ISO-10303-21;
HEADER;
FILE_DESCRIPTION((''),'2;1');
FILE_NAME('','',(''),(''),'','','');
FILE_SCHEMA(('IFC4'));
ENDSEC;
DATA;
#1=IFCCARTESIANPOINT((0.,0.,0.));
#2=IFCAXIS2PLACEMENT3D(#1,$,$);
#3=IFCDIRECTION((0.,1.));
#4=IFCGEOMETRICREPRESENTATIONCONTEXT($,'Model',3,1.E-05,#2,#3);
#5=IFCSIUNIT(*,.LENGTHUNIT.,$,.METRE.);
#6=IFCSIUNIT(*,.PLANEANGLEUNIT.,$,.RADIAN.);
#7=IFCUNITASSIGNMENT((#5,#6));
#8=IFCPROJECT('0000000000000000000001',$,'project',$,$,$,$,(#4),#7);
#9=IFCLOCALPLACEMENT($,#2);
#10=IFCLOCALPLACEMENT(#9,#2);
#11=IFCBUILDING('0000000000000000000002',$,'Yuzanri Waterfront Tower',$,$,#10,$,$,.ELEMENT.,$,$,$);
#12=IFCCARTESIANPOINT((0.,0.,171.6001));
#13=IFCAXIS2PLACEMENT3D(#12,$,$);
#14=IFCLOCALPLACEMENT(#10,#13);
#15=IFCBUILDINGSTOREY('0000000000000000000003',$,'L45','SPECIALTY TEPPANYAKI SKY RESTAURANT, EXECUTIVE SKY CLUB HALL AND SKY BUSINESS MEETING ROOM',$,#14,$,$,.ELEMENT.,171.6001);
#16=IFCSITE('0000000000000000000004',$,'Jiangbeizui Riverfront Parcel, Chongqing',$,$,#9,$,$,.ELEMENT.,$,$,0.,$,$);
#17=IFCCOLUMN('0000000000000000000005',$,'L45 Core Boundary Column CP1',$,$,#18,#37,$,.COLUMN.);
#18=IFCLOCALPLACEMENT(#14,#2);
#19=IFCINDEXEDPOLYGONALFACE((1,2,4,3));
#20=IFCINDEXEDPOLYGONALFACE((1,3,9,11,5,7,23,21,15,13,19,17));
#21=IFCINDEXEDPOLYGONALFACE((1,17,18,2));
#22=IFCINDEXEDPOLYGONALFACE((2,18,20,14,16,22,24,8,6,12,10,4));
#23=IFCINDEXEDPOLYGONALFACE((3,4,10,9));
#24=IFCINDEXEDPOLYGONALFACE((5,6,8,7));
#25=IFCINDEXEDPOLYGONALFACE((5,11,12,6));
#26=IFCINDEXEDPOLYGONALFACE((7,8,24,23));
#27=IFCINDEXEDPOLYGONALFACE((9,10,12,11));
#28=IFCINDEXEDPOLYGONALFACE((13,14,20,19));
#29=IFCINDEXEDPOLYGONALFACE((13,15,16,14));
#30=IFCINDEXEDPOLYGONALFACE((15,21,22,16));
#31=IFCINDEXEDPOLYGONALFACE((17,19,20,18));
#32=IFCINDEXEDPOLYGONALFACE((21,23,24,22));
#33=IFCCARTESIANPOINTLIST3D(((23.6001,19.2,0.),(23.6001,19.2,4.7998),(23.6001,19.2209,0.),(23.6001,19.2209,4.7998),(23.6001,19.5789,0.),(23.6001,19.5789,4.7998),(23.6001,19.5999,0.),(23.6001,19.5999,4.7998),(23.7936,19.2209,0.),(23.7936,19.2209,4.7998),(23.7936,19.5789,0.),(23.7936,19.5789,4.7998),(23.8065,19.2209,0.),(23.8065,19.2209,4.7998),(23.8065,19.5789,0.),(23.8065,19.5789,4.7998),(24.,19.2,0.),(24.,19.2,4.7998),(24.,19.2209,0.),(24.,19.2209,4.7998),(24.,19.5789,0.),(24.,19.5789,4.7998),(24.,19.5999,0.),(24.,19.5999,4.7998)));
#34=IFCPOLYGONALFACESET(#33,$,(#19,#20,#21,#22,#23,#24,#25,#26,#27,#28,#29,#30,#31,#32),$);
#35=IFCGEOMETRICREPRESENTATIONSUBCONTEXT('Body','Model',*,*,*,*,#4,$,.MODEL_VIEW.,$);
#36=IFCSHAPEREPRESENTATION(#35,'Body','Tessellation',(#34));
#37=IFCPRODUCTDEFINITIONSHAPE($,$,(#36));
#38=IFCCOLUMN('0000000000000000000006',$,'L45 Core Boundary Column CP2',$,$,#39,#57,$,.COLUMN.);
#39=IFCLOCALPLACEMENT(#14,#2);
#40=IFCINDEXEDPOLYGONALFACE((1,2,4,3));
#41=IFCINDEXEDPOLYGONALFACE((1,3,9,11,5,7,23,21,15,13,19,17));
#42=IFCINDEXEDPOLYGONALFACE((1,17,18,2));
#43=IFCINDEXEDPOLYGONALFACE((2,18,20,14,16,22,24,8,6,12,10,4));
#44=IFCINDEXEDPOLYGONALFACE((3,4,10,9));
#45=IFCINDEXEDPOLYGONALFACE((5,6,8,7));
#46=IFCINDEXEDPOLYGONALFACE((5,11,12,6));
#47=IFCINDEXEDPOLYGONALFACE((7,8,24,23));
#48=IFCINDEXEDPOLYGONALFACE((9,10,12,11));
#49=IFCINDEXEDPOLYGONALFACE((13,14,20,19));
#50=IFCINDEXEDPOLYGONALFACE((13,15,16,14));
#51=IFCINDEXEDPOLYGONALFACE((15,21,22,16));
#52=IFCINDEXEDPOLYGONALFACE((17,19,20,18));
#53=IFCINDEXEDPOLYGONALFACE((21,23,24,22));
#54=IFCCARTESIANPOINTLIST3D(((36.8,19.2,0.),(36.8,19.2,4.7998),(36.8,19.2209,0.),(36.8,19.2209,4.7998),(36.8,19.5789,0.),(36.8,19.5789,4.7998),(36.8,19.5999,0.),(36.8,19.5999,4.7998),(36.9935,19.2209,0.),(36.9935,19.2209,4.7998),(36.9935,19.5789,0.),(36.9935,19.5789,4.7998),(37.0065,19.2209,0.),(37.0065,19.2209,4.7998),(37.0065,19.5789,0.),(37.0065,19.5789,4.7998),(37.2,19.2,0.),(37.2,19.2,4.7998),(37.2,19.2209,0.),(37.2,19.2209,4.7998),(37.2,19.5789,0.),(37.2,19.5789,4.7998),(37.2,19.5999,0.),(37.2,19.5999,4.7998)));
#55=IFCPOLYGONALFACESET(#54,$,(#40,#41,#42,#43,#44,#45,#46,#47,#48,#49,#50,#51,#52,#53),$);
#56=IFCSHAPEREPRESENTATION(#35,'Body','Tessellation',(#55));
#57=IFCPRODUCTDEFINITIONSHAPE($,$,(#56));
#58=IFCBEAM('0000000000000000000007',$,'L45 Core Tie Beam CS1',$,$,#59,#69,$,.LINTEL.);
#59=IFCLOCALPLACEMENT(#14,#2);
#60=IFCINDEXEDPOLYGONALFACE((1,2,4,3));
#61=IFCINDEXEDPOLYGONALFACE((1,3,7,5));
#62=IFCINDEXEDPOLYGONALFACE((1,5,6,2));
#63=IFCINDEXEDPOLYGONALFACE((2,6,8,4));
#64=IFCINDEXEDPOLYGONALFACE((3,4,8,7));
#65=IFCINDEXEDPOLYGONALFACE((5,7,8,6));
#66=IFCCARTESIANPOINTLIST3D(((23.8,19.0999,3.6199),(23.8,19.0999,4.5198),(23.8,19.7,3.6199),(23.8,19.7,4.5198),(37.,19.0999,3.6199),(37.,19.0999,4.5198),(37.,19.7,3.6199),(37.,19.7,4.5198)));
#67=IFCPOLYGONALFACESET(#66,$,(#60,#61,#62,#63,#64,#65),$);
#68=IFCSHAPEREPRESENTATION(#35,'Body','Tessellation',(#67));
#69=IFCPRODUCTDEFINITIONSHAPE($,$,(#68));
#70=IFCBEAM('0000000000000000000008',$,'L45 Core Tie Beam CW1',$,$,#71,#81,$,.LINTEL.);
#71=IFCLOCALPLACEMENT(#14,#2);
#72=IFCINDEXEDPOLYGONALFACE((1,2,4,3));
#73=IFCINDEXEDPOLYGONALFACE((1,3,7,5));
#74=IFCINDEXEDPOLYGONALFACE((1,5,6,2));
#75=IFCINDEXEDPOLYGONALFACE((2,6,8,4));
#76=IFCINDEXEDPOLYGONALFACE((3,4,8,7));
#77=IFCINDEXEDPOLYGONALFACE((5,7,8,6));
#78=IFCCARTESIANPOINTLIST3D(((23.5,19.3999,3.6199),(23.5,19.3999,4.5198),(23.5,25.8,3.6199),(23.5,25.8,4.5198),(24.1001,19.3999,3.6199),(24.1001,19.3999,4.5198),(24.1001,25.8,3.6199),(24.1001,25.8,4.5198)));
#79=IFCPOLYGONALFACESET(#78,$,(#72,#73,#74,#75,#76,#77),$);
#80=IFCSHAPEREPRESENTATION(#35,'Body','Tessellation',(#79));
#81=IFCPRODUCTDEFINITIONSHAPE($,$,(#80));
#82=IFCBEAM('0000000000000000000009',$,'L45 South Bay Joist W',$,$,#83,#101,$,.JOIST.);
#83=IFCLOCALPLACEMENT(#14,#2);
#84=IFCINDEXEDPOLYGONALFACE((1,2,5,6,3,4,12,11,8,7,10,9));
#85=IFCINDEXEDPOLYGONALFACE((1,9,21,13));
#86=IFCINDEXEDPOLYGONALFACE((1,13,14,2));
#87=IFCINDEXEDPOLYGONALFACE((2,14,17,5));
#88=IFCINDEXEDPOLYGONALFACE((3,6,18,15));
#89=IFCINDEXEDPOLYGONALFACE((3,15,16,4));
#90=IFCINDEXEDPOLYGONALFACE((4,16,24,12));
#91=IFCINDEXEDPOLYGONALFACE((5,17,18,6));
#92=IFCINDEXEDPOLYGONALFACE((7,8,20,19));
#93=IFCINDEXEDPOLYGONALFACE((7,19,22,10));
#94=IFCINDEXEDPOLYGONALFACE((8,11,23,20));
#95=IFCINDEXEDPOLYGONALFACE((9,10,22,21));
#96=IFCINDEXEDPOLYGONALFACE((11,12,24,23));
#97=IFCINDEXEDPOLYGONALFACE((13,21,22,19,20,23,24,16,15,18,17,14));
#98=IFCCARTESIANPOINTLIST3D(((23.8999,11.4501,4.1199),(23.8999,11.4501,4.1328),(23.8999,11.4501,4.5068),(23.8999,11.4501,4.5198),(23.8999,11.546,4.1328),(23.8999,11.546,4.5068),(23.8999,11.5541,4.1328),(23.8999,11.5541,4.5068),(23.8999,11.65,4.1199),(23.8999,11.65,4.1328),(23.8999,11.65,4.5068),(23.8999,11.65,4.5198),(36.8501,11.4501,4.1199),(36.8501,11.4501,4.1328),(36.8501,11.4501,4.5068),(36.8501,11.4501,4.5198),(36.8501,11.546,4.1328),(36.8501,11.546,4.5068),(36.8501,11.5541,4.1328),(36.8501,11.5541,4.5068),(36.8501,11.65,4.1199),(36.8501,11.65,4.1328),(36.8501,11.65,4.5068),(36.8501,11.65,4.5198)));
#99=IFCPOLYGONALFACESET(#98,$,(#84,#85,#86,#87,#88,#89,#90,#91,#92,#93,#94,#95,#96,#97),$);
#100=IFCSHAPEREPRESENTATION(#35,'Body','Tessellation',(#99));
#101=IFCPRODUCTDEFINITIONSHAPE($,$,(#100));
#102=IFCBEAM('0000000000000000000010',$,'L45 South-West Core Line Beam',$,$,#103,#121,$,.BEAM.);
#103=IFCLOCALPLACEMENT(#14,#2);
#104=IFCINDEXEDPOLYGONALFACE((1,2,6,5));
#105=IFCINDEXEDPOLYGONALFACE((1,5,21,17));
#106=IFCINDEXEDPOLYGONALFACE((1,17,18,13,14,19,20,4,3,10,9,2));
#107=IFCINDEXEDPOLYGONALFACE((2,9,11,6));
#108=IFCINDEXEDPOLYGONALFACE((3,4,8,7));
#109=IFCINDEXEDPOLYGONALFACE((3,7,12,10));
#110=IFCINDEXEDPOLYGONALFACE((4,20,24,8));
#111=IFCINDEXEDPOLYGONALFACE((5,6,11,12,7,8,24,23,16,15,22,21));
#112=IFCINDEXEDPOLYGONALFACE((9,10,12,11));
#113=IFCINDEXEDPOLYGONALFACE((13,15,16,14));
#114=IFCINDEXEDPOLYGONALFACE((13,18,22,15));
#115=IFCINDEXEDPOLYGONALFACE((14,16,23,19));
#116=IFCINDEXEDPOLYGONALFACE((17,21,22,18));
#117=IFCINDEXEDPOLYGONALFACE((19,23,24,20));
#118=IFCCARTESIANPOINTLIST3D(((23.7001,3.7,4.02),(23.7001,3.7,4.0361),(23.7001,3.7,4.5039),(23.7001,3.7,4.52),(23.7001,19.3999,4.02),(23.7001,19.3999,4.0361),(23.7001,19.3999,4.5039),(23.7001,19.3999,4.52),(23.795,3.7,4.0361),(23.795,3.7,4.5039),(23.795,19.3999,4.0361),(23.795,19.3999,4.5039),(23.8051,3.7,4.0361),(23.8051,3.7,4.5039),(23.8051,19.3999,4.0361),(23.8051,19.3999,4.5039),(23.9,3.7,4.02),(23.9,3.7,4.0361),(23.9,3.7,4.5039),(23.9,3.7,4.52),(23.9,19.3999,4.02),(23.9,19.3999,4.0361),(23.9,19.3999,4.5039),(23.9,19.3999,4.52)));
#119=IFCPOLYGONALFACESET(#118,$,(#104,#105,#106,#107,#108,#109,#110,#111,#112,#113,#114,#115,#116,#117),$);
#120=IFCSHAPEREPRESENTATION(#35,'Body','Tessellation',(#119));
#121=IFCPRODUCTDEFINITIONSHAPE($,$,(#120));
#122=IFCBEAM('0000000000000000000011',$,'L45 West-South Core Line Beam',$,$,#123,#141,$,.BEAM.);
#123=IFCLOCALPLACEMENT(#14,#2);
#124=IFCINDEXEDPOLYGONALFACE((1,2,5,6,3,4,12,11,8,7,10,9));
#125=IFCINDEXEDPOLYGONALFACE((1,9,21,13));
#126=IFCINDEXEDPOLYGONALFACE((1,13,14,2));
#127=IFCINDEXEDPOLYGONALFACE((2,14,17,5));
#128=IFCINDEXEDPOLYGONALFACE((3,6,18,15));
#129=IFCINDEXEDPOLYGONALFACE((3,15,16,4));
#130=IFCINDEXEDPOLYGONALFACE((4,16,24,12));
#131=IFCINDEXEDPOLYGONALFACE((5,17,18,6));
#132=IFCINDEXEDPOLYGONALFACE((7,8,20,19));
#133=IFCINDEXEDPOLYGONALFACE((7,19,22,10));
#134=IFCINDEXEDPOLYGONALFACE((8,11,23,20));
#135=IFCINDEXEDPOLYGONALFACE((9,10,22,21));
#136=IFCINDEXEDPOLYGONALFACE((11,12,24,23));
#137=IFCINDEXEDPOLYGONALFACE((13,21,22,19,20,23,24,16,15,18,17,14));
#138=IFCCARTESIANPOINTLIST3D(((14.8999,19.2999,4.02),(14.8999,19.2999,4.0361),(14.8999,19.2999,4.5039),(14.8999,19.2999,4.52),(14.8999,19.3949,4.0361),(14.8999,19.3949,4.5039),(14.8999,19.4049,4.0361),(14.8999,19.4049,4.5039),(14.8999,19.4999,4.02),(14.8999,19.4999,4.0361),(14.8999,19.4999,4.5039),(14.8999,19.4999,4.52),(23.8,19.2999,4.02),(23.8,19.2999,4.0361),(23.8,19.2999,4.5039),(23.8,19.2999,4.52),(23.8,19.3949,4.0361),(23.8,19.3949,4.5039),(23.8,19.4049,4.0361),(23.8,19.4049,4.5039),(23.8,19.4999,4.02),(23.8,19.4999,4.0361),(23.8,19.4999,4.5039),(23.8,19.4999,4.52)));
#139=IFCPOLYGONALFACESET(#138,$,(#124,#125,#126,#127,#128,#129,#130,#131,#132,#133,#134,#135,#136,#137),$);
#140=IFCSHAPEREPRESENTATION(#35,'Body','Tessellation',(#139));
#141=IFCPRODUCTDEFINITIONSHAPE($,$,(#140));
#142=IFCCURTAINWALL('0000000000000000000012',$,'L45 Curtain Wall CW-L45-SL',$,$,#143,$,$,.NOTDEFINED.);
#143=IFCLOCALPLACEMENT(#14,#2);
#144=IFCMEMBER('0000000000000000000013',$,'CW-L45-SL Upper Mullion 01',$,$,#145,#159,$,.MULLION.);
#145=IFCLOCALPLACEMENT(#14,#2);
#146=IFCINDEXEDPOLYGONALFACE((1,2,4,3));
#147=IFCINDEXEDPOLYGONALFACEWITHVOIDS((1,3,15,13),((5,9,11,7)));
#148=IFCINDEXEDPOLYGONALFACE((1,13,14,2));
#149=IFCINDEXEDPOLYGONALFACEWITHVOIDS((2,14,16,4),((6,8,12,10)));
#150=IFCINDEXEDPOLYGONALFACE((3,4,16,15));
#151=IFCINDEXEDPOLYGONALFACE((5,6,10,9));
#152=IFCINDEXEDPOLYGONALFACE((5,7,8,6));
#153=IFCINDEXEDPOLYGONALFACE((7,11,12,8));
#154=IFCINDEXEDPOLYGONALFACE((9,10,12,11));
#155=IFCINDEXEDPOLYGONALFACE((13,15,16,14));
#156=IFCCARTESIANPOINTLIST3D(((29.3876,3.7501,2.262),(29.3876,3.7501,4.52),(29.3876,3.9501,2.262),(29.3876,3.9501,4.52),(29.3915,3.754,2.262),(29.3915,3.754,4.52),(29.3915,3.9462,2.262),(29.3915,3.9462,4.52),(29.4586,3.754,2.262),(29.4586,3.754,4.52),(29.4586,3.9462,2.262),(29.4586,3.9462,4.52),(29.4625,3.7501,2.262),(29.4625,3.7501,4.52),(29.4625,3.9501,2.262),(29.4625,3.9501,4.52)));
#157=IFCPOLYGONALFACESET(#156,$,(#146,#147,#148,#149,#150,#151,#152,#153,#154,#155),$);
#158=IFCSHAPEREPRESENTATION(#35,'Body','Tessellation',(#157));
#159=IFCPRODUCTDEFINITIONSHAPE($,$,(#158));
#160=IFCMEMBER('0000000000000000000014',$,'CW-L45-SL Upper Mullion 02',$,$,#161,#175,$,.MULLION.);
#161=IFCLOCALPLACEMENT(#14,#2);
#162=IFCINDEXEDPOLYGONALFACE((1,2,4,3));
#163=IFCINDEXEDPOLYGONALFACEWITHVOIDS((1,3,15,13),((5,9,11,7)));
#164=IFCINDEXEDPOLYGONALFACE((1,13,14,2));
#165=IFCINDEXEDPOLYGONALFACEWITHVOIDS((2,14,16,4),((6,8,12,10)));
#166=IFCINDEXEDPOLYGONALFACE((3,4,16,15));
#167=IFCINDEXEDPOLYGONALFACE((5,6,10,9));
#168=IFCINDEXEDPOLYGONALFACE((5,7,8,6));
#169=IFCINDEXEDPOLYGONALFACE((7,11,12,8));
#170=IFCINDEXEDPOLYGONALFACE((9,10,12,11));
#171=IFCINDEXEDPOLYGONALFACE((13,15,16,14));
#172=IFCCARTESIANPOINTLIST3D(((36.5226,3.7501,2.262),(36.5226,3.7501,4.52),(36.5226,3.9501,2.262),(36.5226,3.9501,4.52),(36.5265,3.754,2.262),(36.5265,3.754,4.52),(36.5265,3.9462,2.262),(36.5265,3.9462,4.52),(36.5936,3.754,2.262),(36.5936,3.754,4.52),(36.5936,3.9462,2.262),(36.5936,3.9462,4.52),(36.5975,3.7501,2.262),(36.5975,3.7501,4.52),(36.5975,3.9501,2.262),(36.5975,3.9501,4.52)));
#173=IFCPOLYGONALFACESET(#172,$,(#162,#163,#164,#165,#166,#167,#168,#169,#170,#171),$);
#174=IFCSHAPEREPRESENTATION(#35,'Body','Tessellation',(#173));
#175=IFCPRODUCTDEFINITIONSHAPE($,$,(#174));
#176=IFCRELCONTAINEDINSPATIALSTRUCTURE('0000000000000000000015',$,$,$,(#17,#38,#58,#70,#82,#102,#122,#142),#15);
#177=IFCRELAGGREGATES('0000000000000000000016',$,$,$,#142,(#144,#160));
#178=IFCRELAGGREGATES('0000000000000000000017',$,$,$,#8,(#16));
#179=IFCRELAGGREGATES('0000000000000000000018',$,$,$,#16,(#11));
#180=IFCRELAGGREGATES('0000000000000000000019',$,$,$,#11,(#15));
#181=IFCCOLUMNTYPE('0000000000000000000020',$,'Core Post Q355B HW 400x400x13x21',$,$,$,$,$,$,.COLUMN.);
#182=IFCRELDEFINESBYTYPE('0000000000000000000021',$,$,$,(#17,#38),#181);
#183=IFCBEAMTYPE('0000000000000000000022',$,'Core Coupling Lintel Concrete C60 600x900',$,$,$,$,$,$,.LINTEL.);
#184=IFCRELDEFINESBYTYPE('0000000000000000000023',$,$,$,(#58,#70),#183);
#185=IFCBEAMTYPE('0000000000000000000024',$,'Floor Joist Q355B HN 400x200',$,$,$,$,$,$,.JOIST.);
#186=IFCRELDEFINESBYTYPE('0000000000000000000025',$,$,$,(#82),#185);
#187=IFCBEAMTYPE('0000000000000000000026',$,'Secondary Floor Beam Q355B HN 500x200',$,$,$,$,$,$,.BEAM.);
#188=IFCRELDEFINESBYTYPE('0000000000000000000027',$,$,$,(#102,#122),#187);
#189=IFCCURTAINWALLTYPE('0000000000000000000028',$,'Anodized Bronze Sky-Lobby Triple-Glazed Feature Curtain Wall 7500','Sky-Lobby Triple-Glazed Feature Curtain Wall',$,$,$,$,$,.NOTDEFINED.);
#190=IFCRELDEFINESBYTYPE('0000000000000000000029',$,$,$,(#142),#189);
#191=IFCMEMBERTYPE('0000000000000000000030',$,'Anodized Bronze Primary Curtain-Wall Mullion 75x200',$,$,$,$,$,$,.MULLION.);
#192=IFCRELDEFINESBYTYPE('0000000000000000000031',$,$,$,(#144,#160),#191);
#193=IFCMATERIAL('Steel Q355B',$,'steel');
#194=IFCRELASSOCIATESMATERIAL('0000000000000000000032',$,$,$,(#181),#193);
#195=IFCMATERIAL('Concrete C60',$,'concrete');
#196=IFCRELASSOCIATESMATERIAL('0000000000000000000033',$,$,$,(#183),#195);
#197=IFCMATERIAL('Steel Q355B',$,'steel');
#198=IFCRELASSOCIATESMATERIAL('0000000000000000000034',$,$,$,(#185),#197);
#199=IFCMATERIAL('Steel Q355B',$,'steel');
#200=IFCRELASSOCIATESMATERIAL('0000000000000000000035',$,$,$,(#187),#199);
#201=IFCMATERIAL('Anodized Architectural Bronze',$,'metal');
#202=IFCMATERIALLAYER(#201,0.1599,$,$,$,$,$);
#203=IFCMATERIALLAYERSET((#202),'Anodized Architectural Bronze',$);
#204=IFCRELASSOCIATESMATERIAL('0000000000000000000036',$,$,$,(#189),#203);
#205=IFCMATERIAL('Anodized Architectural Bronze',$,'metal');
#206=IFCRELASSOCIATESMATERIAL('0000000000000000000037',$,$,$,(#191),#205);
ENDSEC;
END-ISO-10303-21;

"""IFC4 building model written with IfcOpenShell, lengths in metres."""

from ifc_helpers import new_model, si_unit, direction, frame, origin, origin_2d, place, context, subcontext, project, spatial, rectangle, hollow_rectangle, i_section, extrude, source, transform, mapped, material, layer, layer_set, material_profile, profile_set, type_object, element, aggregate, save


model = new_model("IFC4")

# Units and contexts
model_context = context("Model", 3, precision=1e-05, world=origin(), true_north=direction((0.0, 1.0)))
body_context = subcontext(model_context, "Body", "Model", "MODEL_VIEW")
ifc_project = project(units=[si_unit("LENGTHUNIT", "METRE"), si_unit("PLANEANGLEUNIT", "RADIAN")], contexts=[model_context])

# Site, building, storey
site_placement = place(None, origin())
site = spatial("IfcSite", under=ifc_project, at=site_placement, Name="Jiangbeizui Riverfront Parcel, Chongqing", CompositionType="ELEMENT", RefElevation=0.0)
building_placement = place(site_placement, origin())
building = spatial("IfcBuilding", under=site, at=building_placement, Name="Yuzanri Waterfront Tower", CompositionType="ELEMENT")
storey_placement = place(building_placement, frame((0.0, 0.0, 171.6001)))
storey = spatial("IfcBuildingStorey", under=building, at=storey_placement, Name="L45", Description="SPECIALTY TEPPANYAKI SKY RESTAURANT, EXECUTIVE SKY CLUB HALL AND SKY BUSINESS MEETING ROOM", CompositionType="ELEMENT", Elevation=171.6001)

# Columns
ifc_material_1 = material(Name="Steel Q355B", Category="steel")
ifc_material_profile_1 = material_profile(ifc_material_1, i_section(OverallWidth=0.3999, OverallDepth=0.3999, WebThickness=0.0129, FlangeThickness=0.021, at=origin_2d()), Name="HW 400x400x13x21")
ifc_profile_set_1 = profile_set([ifc_material_profile_1], Name="Steel Q355B")
column_type = type_object("IfcColumnType", Name="Core Post Q355B HW 400x400x13x21", PredefinedType="COLUMN", material=ifc_profile_set_1)
shared_shape_1 = source(origin(), body_context, "Body", "SweptSolid", [
    extrude(i_section(OverallWidth=0.3999, OverallDepth=0.3999, WebThickness=0.0129, FlangeThickness=0.021, at=origin_2d()), origin(), (0.0, 0.0, 1.0), 4.7998),
])
for number, where, z_axis, x_axis, name in (
    (1, (23.8, 19.3999, 0.0), (0.0, 0.0, 1.0), (1.0, 0.0, 0.0), "L45 Core Boundary Column CP1"),
    (2, (37.0, 19.3999, 0.0), (0.0, 0.0, 1.0), (1.0, 0.0, 0.0), "L45 Core Boundary Column CP2"),
):
    element("IfcColumn", number, at=place(storey_placement, frame(where, z_axis=z_axis, x_axis=x_axis)), inside=storey, type_object=column_type, Name=name, PredefinedType="COLUMN", context=body_context, shape_type="MappedRepresentation", body=[
        mapped(shared_shape_1, transform((0.0, 0.0, 0.0), scale=1.0)),
    ])

# Beams
ifc_material_2 = material(Name="Concrete C60", Category="concrete")
ifc_material_profile_2 = material_profile(ifc_material_2, rectangle(XDim=0.6001, YDim=0.8999, at=origin_2d()), Name="RC 600x900")
ifc_profile_set_2 = profile_set([ifc_material_profile_2], Name="Concrete C60")
beam_type_1 = type_object("IfcBeamType", Name="Core Coupling Lintel Concrete C60 600x900", PredefinedType="LINTEL", material=ifc_profile_set_2)
shared_shape_2 = source(origin(), body_context, "Body", "SweptSolid", [
    extrude(rectangle(XDim=0.6001, YDim=0.8999, at=origin_2d()), origin(), (0.0, 0.0, 1.0), 13.2),
])
beam_1_placement = place(storey_placement, frame((23.8, 19.3999, 4.0698), z_axis=(1.0, 0.0, 0.0), x_axis=(0.0, 1.0, 0.0)))
element("IfcBeam", 3, at=beam_1_placement, inside=storey, type_object=beam_type_1, Name="L45 Core Tie Beam CS1", PredefinedType="LINTEL", context=body_context, shape_type="MappedRepresentation", body=[
    mapped(shared_shape_2, transform((0.0, 0.0, 0.0), scale=1.0)),
])
shared_shape_3 = source(origin(), body_context, "Body", "SweptSolid", [
    extrude(rectangle(XDim=0.6001, YDim=0.8999, at=origin_2d()), origin(), (0.0, 0.0, 1.0), 6.4001),
])
beam_2_placement = place(storey_placement, frame((23.8, 19.3999, 4.0698), z_axis=(0.0, 1.0, 0.0), x_axis=(-1.0, 0.0, 0.0)))
element("IfcBeam", 4, at=beam_2_placement, inside=storey, type_object=beam_type_1, Name="L45 Core Tie Beam CW1", PredefinedType="LINTEL", context=body_context, shape_type="MappedRepresentation", body=[
    mapped(shared_shape_3, transform((0.0, 0.0, 0.0), scale=1.0)),
])
ifc_material_3 = material(Name="Steel Q355B", Category="steel")
ifc_material_profile_3 = material_profile(ifc_material_3, i_section(OverallWidth=0.2, OverallDepth=0.3999, WebThickness=0.0081, FlangeThickness=0.0129, at=origin_2d()), Name="HN 400x200x8x13")
ifc_profile_set_3 = profile_set([ifc_material_profile_3], Name="Steel Q355B")
beam_type_2 = type_object("IfcBeamType", Name="Floor Joist Q355B HN 400x200", PredefinedType="JOIST", material=ifc_profile_set_3)
shared_shape_4 = source(origin(), body_context, "Body", "SweptSolid", [
    extrude(i_section(OverallWidth=0.2, OverallDepth=0.3999, WebThickness=0.0081, FlangeThickness=0.0129, at=origin_2d()), origin(), (0.0, 0.0, 1.0), 12.9502),
])
beam_3_placement = place(storey_placement, frame((23.8999, 11.55, 4.3198), z_axis=(1.0, 0.0, 0.0), x_axis=(0.0, 1.0, 0.0)))
element("IfcBeam", 5, at=beam_3_placement, inside=storey, type_object=beam_type_2, Name="L45 South Bay Joist W", PredefinedType="JOIST", context=body_context, shape_type="MappedRepresentation", body=[
    mapped(shared_shape_4, transform((0.0, 0.0, 0.0), scale=1.0)),
])
ifc_material_4 = material(Name="Steel Q355B", Category="steel")
ifc_material_profile_4 = material_profile(ifc_material_4, i_section(OverallWidth=0.2, OverallDepth=0.5, WebThickness=0.01, FlangeThickness=0.0161, at=origin_2d()), Name="HN 500x200x10x16")
ifc_profile_set_4 = profile_set([ifc_material_profile_4], Name="Steel Q355B")
beam_type_3 = type_object("IfcBeamType", Name="Secondary Floor Beam Q355B HN 500x200", PredefinedType="BEAM", material=ifc_profile_set_4)
shared_shape_5 = source(origin(), body_context, "Body", "SweptSolid", [
    extrude(i_section(OverallWidth=0.2, OverallDepth=0.5, WebThickness=0.01, FlangeThickness=0.0161, at=origin_2d()), origin(), (0.0, 0.0, 1.0), 15.7),
])
beam_4_placement = place(storey_placement, frame((23.8, 19.3999, 4.27), z_axis=(0.0, -1.0, 0.0), x_axis=(1.0, 0.0, 0.0)))
element("IfcBeam", 6, at=beam_4_placement, inside=storey, type_object=beam_type_3, Name="L45 South-West Core Line Beam", PredefinedType="BEAM", context=body_context, shape_type="MappedRepresentation", body=[
    mapped(shared_shape_5, transform((0.0, 0.0, 0.0), scale=1.0)),
])
shared_shape_6 = source(origin(), body_context, "Body", "SweptSolid", [
    extrude(i_section(OverallWidth=0.2, OverallDepth=0.5, WebThickness=0.01, FlangeThickness=0.0161, at=origin_2d()), origin(), (0.0, 0.0, 1.0), 8.9001),
])
beam_5_placement = place(storey_placement, frame((23.8, 19.3999, 4.27), z_axis=(-1.0, 0.0, 0.0), x_axis=(0.0, -1.0, 0.0)))
element("IfcBeam", 7, at=beam_5_placement, inside=storey, type_object=beam_type_3, Name="L45 West-South Core Line Beam", PredefinedType="BEAM", context=body_context, shape_type="MappedRepresentation", body=[
    mapped(shared_shape_6, transform((0.0, 0.0, 0.0), scale=1.0)),
])

# Curtain wall, members
ifc_material_5 = material(Name="Anodized Architectural Bronze", Category="metal")
ifc_layer_1 = layer(ifc_material_5, 0.1599)
ifc_layer_set_1 = layer_set([ifc_layer_1], Name="Anodized Architectural Bronze")
curtain_wall_type = type_object("IfcCurtainWallType", Name="Anodized Bronze Sky-Lobby Triple-Glazed Feature Curtain Wall 7500", Description="Sky-Lobby Triple-Glazed Feature Curtain Wall", PredefinedType="NOTDEFINED", material=ifc_layer_set_1)
curtain_wall_placement = place(storey_placement, origin())
curtain_wall = element("IfcCurtainWall", 8, at=curtain_wall_placement, inside=storey, type_object=curtain_wall_type, Name="L45 Curtain Wall CW-L45-SL", PredefinedType="NOTDEFINED")
ifc_material_6 = material(Name="Anodized Architectural Bronze", Category="metal")
ifc_material_profile_5 = material_profile(ifc_material_6, hollow_rectangle(XDim=0.075, YDim=0.2, WallThickness=0.0039, at=origin_2d()), Name="CWM 75x200")
ifc_profile_set_5 = profile_set([ifc_material_profile_5], Name="Anodized Architectural Bronze")
member_type = type_object("IfcMemberType", Name="Anodized Bronze Primary Curtain-Wall Mullion 75x200", PredefinedType="MULLION", material=ifc_profile_set_5)
shared_shape_7 = source(origin(), body_context, "Body", "SweptSolid", [
    extrude(hollow_rectangle(XDim=0.075, YDim=0.2, WallThickness=0.0039, at=origin_2d()), origin(), (0.0, 0.0, 1.0), 2.2581),
])
member_1_placement = place(storey_placement, frame((29.425, 3.8501, 2.262), z_axis=(0.0, 0.0, 1.0), x_axis=(1.0, 0.0, 0.0)))
member_1 = element("IfcMember", 9, at=member_1_placement, type_object=member_type, Name="CW-L45-SL Upper Mullion 01", PredefinedType="MULLION", context=body_context, shape_type="MappedRepresentation", body=[
    mapped(shared_shape_7, transform((0.0, 0.0, 0.0), scale=1.0)),
])
member_2_placement = place(storey_placement, frame((36.5601, 3.8501, 2.262), z_axis=(0.0, 0.0, 1.0), x_axis=(1.0, 0.0, 0.0)))
member_2 = element("IfcMember", 10, at=member_2_placement, type_object=member_type, Name="CW-L45-SL Upper Mullion 02", PredefinedType="MULLION", context=body_context, shape_type="MappedRepresentation", body=[
    mapped(shared_shape_7, transform((0.0, 0.0, 0.0), scale=1.0)),
])
aggregate(curtain_wall, [member_1, member_2])

save(model, "model.ifc")
